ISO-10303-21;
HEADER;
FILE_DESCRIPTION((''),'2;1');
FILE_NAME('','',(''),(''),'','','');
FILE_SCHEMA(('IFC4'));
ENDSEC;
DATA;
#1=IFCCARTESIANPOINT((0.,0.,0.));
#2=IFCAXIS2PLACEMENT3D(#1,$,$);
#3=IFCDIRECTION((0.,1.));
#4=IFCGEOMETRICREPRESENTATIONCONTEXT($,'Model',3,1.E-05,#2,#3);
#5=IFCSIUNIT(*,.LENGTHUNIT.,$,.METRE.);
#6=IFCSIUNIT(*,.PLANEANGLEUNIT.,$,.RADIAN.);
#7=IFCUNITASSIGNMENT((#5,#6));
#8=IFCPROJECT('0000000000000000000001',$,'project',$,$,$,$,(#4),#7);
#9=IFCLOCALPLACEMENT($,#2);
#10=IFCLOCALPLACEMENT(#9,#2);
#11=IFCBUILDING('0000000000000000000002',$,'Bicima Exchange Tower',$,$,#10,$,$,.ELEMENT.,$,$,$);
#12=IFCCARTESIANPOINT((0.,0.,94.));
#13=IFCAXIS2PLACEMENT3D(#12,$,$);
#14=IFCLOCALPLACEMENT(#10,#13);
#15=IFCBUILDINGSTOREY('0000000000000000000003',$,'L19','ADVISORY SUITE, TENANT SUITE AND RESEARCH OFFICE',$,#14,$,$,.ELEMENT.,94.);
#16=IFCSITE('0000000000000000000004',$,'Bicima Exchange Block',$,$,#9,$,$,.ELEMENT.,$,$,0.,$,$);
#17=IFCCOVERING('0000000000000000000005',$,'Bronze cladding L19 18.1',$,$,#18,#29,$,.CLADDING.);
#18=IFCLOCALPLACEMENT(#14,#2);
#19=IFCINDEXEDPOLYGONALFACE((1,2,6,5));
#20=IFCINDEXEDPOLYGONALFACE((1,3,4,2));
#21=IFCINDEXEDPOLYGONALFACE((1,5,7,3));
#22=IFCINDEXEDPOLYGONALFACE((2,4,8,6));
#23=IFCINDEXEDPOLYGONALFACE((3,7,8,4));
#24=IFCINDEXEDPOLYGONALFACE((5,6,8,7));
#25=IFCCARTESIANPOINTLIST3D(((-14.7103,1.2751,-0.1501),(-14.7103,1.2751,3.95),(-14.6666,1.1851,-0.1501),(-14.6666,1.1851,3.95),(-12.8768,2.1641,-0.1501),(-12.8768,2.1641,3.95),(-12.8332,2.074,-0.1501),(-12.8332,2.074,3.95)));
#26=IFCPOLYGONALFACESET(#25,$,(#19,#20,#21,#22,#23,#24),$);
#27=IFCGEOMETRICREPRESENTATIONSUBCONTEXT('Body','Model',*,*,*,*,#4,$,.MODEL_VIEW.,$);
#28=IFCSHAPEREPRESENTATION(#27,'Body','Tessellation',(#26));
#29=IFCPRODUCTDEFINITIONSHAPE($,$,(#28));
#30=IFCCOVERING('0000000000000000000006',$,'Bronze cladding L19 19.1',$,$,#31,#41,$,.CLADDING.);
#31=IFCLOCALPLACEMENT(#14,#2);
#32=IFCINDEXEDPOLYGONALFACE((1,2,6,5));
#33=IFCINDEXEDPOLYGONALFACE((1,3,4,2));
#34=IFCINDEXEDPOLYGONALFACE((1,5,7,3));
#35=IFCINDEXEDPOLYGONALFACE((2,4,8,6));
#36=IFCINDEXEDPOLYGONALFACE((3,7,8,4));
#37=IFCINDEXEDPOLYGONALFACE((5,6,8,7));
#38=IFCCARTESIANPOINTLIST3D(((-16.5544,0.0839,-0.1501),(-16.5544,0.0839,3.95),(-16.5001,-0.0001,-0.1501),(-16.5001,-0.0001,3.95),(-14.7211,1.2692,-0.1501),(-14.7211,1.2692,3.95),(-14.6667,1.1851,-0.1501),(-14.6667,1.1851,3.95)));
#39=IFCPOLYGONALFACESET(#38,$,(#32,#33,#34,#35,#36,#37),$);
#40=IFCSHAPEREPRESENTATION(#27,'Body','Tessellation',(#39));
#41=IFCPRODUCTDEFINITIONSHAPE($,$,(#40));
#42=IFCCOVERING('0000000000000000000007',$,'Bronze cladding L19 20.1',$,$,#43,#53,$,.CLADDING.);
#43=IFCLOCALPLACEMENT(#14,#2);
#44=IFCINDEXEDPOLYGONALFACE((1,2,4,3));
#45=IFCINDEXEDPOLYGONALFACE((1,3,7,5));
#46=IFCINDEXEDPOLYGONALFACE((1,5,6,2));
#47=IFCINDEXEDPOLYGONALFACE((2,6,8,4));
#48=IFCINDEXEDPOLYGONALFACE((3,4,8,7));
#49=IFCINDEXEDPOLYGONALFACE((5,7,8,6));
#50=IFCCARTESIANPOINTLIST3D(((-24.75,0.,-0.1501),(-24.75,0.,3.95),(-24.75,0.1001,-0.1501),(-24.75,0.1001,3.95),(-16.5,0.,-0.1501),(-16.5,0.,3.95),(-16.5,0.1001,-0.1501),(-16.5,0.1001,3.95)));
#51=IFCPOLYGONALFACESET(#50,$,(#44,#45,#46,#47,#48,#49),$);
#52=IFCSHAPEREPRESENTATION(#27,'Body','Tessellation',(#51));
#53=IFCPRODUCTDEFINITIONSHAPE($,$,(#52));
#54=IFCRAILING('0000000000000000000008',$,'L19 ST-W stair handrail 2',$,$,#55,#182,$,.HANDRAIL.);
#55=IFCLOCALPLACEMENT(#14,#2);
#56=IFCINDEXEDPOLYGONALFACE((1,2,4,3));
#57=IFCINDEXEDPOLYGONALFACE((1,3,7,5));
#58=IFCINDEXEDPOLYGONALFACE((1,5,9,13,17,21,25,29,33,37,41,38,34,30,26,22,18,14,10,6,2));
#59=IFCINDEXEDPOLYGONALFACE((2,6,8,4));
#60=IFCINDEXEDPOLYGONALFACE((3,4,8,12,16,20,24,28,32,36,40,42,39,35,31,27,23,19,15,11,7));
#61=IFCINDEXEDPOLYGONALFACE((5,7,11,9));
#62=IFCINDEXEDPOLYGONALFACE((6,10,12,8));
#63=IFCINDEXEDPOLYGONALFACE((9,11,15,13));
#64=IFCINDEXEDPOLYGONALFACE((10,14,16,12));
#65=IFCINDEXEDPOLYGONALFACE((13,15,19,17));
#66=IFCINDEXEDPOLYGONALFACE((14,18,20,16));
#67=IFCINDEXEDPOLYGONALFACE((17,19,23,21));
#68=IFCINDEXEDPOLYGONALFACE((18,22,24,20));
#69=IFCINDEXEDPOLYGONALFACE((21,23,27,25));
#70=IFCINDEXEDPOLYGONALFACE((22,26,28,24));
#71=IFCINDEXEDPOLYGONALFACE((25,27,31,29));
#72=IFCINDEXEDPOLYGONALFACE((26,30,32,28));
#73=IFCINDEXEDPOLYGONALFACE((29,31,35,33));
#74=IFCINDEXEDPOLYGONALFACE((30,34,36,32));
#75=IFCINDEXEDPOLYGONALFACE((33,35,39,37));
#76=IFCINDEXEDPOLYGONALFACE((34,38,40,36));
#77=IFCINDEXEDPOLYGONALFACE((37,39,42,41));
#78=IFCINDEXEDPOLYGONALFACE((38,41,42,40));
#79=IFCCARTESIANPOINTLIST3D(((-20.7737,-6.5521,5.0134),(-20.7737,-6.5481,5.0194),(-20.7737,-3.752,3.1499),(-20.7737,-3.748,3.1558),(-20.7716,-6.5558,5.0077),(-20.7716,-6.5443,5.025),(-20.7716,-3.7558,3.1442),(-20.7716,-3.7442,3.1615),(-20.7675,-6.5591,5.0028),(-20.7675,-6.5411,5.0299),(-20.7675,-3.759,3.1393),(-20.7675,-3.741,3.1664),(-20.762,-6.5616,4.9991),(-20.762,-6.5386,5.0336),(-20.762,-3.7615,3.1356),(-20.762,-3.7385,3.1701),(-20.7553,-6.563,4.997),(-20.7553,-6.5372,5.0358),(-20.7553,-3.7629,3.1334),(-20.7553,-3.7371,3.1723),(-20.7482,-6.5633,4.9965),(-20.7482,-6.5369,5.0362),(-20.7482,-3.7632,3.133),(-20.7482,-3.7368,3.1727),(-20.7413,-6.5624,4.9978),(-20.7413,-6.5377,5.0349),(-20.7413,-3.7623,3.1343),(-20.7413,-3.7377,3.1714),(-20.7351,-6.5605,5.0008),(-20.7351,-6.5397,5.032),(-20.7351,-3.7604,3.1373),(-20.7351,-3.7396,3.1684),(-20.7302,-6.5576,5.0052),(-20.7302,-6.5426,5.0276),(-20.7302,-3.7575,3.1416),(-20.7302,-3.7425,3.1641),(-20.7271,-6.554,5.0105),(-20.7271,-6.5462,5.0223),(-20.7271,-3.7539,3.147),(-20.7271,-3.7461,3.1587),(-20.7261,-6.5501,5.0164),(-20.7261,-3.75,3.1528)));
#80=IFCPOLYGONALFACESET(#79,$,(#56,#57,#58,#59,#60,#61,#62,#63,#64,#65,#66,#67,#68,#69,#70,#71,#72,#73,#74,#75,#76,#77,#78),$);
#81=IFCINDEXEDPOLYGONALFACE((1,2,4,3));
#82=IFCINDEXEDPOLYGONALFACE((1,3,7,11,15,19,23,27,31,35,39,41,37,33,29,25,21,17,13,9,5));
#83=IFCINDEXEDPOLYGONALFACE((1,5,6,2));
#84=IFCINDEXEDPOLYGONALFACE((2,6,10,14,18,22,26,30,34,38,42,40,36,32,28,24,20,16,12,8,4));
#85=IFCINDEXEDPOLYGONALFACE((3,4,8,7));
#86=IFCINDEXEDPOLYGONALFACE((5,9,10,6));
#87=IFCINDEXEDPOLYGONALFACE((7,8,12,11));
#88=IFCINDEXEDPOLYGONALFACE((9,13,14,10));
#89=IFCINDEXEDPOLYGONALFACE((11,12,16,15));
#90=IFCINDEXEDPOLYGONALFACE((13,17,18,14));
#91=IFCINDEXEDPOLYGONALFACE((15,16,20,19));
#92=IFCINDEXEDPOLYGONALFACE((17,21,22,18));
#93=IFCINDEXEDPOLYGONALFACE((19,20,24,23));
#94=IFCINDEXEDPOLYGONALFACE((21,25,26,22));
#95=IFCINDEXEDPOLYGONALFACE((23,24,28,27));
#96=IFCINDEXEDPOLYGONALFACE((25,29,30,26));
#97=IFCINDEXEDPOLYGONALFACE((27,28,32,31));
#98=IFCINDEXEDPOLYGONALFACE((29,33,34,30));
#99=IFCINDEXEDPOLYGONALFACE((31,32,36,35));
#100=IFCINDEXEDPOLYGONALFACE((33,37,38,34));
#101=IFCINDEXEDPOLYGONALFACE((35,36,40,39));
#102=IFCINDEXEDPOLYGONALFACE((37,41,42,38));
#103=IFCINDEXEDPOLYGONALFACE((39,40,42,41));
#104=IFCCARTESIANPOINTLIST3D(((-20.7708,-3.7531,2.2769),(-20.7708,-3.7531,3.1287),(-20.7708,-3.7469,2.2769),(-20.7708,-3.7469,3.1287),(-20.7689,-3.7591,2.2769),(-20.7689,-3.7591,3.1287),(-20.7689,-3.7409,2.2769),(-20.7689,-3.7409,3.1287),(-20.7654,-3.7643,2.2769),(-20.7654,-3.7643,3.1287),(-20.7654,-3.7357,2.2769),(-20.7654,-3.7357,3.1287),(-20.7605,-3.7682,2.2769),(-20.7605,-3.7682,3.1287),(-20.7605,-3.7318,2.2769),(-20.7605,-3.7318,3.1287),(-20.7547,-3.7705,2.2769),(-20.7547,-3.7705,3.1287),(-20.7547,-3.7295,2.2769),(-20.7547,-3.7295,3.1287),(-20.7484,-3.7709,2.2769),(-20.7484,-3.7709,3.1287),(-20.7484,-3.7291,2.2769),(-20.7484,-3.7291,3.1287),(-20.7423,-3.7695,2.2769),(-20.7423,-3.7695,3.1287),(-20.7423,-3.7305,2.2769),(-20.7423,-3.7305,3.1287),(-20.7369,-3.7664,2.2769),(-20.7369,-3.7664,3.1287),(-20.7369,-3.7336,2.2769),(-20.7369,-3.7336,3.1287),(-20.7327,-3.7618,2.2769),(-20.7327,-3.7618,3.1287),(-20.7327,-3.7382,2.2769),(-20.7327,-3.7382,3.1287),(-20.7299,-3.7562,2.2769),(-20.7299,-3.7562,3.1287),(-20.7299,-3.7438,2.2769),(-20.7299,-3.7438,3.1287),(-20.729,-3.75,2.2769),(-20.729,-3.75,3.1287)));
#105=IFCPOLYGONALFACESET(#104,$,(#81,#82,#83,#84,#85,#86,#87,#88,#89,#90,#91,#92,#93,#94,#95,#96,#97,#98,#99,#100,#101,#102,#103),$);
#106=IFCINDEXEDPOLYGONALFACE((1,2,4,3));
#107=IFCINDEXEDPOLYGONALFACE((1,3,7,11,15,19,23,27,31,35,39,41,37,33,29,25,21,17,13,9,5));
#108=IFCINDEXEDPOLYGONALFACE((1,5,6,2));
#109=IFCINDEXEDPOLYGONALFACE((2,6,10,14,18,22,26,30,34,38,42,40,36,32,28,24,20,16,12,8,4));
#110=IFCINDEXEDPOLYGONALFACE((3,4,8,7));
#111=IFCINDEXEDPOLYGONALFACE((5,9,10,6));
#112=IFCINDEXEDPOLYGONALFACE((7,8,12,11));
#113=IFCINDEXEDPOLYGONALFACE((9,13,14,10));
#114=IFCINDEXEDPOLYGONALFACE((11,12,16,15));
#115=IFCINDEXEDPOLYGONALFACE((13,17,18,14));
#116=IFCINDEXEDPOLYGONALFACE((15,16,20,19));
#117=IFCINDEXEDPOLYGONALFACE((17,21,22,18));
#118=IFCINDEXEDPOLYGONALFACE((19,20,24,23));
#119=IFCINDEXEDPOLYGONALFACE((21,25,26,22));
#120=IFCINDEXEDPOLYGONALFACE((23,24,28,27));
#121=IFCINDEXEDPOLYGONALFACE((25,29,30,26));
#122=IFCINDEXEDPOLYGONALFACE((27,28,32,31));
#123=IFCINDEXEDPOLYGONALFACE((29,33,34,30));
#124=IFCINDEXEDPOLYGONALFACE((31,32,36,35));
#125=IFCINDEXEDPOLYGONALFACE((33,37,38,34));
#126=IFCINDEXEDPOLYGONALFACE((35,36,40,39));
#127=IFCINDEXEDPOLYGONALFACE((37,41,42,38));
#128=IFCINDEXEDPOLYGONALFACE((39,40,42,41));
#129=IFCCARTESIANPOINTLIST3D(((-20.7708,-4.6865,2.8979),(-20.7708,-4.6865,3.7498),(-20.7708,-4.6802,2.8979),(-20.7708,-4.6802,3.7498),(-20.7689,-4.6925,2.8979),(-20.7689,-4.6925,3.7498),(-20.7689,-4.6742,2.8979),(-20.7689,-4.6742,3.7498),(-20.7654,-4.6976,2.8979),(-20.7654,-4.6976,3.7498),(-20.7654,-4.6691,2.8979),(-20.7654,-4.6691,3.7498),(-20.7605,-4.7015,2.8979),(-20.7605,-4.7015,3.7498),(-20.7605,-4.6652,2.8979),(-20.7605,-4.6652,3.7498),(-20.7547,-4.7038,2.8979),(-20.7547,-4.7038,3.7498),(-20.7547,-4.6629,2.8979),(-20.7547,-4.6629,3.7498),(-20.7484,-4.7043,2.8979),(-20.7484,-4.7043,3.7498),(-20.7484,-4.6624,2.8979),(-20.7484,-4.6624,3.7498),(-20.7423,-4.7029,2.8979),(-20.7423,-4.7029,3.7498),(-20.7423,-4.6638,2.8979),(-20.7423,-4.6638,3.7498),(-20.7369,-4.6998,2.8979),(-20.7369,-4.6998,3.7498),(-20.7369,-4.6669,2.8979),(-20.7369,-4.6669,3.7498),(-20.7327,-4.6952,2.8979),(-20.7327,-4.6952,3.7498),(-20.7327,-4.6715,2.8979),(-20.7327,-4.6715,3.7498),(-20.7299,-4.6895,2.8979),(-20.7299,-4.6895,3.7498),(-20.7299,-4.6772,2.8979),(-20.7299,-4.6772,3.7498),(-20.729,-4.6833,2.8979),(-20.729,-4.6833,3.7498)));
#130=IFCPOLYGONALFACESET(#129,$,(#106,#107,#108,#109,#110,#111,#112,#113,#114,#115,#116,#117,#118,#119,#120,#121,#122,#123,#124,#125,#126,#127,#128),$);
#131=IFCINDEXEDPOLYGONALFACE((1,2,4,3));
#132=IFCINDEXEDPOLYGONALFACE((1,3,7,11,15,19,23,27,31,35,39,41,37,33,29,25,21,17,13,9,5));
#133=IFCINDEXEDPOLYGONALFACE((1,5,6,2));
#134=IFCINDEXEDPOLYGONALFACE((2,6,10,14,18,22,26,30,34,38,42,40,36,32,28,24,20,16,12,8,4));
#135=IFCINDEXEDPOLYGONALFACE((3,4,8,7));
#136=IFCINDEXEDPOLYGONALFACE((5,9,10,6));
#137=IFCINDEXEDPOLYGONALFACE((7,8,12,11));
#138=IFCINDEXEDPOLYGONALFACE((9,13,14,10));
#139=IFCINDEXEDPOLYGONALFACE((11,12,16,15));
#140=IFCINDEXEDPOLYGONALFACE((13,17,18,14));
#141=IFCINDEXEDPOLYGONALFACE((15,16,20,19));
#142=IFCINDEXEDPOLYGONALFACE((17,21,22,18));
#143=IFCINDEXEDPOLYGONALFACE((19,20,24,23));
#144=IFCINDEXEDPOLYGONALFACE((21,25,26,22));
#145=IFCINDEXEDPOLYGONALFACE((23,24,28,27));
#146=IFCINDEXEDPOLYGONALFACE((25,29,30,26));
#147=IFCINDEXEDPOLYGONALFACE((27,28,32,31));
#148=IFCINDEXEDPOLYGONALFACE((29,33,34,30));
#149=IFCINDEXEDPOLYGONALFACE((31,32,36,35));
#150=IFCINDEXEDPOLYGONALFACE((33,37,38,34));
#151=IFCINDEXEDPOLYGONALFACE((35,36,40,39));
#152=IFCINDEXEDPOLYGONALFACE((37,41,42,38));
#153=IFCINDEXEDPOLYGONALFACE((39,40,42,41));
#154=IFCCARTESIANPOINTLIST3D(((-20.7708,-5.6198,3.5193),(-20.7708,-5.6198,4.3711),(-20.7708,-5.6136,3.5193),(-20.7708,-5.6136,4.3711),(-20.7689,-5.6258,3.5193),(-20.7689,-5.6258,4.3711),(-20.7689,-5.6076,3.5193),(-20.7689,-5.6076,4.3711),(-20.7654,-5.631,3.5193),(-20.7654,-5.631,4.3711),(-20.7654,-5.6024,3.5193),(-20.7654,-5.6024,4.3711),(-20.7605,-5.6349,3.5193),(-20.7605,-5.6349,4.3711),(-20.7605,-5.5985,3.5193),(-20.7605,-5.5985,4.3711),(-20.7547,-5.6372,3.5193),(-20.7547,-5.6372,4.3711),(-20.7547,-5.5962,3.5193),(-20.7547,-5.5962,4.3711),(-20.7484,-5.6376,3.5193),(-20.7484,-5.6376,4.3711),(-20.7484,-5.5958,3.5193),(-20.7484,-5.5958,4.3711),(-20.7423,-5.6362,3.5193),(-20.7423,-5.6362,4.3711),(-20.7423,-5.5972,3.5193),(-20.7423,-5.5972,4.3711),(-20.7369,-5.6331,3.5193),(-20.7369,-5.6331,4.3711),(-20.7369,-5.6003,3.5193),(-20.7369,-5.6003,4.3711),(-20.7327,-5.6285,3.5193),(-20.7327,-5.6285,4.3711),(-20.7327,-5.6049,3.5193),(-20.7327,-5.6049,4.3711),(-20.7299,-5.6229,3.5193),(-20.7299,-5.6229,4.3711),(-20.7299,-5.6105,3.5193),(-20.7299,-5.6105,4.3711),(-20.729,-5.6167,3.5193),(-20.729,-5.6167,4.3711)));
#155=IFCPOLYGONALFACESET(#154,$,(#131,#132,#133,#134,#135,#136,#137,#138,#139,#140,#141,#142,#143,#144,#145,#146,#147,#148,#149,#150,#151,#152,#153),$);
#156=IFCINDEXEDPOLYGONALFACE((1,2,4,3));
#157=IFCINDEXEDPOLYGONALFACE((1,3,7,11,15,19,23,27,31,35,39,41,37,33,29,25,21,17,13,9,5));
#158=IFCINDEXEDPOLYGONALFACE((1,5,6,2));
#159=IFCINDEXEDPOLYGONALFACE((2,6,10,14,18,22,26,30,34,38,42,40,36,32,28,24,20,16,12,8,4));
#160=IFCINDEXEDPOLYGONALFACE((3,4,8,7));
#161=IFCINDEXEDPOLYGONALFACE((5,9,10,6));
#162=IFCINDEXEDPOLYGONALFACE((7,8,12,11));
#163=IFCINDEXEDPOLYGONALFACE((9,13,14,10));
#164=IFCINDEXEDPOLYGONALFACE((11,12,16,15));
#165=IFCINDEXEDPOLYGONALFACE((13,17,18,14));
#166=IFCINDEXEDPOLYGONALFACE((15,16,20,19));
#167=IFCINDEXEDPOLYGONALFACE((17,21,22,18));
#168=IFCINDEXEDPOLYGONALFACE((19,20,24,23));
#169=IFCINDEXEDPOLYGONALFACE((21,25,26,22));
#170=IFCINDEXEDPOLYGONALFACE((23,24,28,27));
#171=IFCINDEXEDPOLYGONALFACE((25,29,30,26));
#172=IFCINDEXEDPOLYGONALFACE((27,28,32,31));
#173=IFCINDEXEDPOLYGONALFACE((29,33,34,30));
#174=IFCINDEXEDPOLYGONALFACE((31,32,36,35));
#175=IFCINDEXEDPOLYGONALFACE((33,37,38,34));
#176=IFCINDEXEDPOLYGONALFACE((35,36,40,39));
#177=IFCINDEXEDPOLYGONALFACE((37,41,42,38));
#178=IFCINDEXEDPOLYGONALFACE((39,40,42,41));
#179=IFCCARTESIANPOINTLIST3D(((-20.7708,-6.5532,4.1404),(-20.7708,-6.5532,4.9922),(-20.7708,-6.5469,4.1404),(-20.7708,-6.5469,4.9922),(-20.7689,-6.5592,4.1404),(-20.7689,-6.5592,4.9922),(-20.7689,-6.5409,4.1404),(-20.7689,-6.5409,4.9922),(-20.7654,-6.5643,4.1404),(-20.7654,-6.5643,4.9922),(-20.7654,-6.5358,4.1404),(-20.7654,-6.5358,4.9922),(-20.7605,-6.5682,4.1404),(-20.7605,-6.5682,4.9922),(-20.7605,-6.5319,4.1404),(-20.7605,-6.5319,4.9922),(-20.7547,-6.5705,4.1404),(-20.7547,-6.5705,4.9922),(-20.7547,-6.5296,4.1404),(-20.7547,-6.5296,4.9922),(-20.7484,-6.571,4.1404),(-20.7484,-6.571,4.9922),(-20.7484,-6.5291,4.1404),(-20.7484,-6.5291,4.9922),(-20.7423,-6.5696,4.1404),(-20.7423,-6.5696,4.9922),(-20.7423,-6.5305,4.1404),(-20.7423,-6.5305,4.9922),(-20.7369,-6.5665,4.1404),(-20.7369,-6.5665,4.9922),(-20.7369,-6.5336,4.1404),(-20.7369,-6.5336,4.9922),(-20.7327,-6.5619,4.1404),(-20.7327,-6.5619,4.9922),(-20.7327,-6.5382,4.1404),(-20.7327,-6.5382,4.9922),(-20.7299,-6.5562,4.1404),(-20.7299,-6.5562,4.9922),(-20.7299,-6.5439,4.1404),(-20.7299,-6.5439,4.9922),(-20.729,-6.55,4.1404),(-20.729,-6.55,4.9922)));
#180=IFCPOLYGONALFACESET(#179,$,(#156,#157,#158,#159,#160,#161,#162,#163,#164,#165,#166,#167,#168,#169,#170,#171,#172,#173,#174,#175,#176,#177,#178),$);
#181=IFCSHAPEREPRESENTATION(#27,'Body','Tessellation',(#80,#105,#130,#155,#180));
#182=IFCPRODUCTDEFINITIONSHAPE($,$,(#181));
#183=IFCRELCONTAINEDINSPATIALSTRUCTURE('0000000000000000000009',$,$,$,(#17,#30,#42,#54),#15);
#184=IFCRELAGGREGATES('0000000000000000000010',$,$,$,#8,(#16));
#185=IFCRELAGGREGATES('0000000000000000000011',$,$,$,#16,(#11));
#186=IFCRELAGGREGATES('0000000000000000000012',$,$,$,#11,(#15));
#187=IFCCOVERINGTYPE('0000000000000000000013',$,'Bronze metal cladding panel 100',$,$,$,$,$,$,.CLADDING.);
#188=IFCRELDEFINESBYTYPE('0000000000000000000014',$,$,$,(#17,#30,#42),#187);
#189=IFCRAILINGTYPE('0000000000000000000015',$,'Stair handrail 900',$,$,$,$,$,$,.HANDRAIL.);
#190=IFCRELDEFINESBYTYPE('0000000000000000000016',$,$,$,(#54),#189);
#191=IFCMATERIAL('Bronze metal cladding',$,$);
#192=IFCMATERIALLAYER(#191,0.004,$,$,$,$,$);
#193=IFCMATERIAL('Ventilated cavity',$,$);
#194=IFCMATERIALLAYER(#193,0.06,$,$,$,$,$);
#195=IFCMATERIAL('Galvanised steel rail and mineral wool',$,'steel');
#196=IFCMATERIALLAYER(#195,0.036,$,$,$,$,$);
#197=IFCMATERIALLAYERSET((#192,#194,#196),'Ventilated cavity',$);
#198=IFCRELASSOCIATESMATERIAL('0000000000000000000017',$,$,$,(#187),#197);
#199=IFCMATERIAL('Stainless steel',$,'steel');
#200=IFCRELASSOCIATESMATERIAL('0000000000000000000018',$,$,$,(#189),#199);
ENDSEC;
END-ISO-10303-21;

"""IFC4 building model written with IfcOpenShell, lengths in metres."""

from ifc_helpers import new_model, si_unit, direction, frame, origin, origin_2d, place, context, subcontext, project, spatial, rectangle, circle, extrude, material, layer, layer_set, type_object, element, save


model = new_model("IFC4")

# Units and contexts
model_context = context("Model", 3, precision=1e-05, world=origin(), true_north=direction((0.0, 1.0)))
body_context = subcontext(model_context, "Body", "Model", "MODEL_VIEW")
ifc_project = project(units=[si_unit("LENGTHUNIT", "METRE"), si_unit("PLANEANGLEUNIT", "RADIAN")], contexts=[model_context])

# Site, building, storey
site_placement = place(None, origin())
site = spatial("IfcSite", under=ifc_project, at=site_placement, Name="Bicima Exchange Block", CompositionType="ELEMENT", RefElevation=0.0)
building_placement = place(site_placement, origin())
building = spatial("IfcBuilding", under=site, at=building_placement, Name="Bicima Exchange Tower", CompositionType="ELEMENT")
storey_placement = place(building_placement, frame((0.0, 0.0, 94.0)))
storey = spatial("IfcBuildingStorey", under=building, at=storey_placement, Name="L19", Description="ADVISORY SUITE, TENANT SUITE AND RESEARCH OFFICE", CompositionType="ELEMENT", Elevation=94.0)

# Coverings
ifc_material_1 = material(Name="Bronze metal cladding")
ifc_layer_1 = layer(ifc_material_1, 0.004)
ifc_material_2 = material(Name="Ventilated cavity")
ifc_layer_2 = layer(ifc_material_2, 0.06)
ifc_material_3 = material(Name="Galvanised steel rail and mineral wool", Category="steel")
ifc_layer_3 = layer(ifc_material_3, 0.036)
ifc_layer_set_1 = layer_set([ifc_layer_1, ifc_layer_2, ifc_layer_3], Name="Ventilated cavity")
covering_type = type_object("IfcCoveringType", Name="Bronze metal cladding panel 100", PredefinedType="CLADDING", material=ifc_layer_set_1)
covering_1_placement = place(storey_placement, frame((-13.7717, 1.6746, -0.1501), z_axis=(0.0, 0.0, 1.0), x_axis=(-0.899818, -0.436265, 0.0)))
element("IfcCovering", 1, at=covering_1_placement, inside=storey, type_object=covering_type, Name="Bronze cladding L19 18.1", PredefinedType="CLADDING", context=body_context, shape_type="SweptSolid", body=[
    extrude(rectangle(XDim=2.0376, YDim=0.1001, at=origin_2d()), origin(), (0.0, 0.0, 1.0), 4.1001),
])
covering_2_placement = place(storey_placement, frame((-15.6106, 0.6345, -0.1501), z_axis=(0.0, 0.0, 1.0), x_axis=(-0.83979, -0.542911, 0.0)))
element("IfcCovering", 2, at=covering_2_placement, inside=storey, type_object=covering_type, Name="Bronze cladding L19 19.1", PredefinedType="CLADDING", context=body_context, shape_type="SweptSolid", body=[
    extrude(rectangle(XDim=2.1831, YDim=0.1001, at=origin_2d()), origin(), (0.0, 0.0, 1.0), 4.1001),
])
covering_3_placement = place(storey_placement, frame((-20.625, 0.05, -0.1501), z_axis=(0.0, 0.0, 1.0), x_axis=(-1.0, 0.0, 0.0)))
element("IfcCovering", 3, at=covering_3_placement, inside=storey, type_object=covering_type, Name="Bronze cladding L19 20.1", PredefinedType="CLADDING", context=body_context, shape_type="SweptSolid", body=[
    extrude(rectangle(XDim=8.25, YDim=0.1001, at=origin_2d()), origin(), (0.0, 0.0, 1.0), 4.1001),
])

# Railing
ifc_material_4 = material(Name="Stainless steel", Category="steel")
railing_type = type_object("IfcRailingType", Name="Stair handrail 900", PredefinedType="HANDRAIL", material=ifc_material_4)
railing_placement = place(storey_placement, frame((-20.75, -3.75, 2.2769)))
element("IfcRailing", 4, at=railing_placement, inside=storey, type_object=railing_type, Name="L19 ST-W stair handrail 2", PredefinedType="HANDRAIL", context=body_context, shape_type="SweptSolid", body=[
    extrude(circle(Radius=0.0239, at=origin_2d()), frame((0.0, 0.0, 0.876), z_axis=(0.0, -0.832486, 0.554047), x_axis=(1.0, 0.0, 0.0)), (0.0, 0.0, 1.0), 3.3635),
    extrude(circle(Radius=0.021, at=origin_2d()), origin(), (0.0, 0.0, 1.0), 0.8518),
    extrude(circle(Radius=0.021, at=origin_2d()), frame((0.0, -0.9333, 0.6211)), (0.0, 0.0, 1.0), 0.8518),
    extrude(circle(Radius=0.021, at=origin_2d()), frame((0.0, -1.8667, 1.2424)), (0.0, 0.0, 1.0), 0.8518),
    extrude(circle(Radius=0.021, at=origin_2d()), frame((0.0, -2.8, 1.8635)), (0.0, 0.0, 1.0), 0.8518),
])

save(model, "model.ifc")
